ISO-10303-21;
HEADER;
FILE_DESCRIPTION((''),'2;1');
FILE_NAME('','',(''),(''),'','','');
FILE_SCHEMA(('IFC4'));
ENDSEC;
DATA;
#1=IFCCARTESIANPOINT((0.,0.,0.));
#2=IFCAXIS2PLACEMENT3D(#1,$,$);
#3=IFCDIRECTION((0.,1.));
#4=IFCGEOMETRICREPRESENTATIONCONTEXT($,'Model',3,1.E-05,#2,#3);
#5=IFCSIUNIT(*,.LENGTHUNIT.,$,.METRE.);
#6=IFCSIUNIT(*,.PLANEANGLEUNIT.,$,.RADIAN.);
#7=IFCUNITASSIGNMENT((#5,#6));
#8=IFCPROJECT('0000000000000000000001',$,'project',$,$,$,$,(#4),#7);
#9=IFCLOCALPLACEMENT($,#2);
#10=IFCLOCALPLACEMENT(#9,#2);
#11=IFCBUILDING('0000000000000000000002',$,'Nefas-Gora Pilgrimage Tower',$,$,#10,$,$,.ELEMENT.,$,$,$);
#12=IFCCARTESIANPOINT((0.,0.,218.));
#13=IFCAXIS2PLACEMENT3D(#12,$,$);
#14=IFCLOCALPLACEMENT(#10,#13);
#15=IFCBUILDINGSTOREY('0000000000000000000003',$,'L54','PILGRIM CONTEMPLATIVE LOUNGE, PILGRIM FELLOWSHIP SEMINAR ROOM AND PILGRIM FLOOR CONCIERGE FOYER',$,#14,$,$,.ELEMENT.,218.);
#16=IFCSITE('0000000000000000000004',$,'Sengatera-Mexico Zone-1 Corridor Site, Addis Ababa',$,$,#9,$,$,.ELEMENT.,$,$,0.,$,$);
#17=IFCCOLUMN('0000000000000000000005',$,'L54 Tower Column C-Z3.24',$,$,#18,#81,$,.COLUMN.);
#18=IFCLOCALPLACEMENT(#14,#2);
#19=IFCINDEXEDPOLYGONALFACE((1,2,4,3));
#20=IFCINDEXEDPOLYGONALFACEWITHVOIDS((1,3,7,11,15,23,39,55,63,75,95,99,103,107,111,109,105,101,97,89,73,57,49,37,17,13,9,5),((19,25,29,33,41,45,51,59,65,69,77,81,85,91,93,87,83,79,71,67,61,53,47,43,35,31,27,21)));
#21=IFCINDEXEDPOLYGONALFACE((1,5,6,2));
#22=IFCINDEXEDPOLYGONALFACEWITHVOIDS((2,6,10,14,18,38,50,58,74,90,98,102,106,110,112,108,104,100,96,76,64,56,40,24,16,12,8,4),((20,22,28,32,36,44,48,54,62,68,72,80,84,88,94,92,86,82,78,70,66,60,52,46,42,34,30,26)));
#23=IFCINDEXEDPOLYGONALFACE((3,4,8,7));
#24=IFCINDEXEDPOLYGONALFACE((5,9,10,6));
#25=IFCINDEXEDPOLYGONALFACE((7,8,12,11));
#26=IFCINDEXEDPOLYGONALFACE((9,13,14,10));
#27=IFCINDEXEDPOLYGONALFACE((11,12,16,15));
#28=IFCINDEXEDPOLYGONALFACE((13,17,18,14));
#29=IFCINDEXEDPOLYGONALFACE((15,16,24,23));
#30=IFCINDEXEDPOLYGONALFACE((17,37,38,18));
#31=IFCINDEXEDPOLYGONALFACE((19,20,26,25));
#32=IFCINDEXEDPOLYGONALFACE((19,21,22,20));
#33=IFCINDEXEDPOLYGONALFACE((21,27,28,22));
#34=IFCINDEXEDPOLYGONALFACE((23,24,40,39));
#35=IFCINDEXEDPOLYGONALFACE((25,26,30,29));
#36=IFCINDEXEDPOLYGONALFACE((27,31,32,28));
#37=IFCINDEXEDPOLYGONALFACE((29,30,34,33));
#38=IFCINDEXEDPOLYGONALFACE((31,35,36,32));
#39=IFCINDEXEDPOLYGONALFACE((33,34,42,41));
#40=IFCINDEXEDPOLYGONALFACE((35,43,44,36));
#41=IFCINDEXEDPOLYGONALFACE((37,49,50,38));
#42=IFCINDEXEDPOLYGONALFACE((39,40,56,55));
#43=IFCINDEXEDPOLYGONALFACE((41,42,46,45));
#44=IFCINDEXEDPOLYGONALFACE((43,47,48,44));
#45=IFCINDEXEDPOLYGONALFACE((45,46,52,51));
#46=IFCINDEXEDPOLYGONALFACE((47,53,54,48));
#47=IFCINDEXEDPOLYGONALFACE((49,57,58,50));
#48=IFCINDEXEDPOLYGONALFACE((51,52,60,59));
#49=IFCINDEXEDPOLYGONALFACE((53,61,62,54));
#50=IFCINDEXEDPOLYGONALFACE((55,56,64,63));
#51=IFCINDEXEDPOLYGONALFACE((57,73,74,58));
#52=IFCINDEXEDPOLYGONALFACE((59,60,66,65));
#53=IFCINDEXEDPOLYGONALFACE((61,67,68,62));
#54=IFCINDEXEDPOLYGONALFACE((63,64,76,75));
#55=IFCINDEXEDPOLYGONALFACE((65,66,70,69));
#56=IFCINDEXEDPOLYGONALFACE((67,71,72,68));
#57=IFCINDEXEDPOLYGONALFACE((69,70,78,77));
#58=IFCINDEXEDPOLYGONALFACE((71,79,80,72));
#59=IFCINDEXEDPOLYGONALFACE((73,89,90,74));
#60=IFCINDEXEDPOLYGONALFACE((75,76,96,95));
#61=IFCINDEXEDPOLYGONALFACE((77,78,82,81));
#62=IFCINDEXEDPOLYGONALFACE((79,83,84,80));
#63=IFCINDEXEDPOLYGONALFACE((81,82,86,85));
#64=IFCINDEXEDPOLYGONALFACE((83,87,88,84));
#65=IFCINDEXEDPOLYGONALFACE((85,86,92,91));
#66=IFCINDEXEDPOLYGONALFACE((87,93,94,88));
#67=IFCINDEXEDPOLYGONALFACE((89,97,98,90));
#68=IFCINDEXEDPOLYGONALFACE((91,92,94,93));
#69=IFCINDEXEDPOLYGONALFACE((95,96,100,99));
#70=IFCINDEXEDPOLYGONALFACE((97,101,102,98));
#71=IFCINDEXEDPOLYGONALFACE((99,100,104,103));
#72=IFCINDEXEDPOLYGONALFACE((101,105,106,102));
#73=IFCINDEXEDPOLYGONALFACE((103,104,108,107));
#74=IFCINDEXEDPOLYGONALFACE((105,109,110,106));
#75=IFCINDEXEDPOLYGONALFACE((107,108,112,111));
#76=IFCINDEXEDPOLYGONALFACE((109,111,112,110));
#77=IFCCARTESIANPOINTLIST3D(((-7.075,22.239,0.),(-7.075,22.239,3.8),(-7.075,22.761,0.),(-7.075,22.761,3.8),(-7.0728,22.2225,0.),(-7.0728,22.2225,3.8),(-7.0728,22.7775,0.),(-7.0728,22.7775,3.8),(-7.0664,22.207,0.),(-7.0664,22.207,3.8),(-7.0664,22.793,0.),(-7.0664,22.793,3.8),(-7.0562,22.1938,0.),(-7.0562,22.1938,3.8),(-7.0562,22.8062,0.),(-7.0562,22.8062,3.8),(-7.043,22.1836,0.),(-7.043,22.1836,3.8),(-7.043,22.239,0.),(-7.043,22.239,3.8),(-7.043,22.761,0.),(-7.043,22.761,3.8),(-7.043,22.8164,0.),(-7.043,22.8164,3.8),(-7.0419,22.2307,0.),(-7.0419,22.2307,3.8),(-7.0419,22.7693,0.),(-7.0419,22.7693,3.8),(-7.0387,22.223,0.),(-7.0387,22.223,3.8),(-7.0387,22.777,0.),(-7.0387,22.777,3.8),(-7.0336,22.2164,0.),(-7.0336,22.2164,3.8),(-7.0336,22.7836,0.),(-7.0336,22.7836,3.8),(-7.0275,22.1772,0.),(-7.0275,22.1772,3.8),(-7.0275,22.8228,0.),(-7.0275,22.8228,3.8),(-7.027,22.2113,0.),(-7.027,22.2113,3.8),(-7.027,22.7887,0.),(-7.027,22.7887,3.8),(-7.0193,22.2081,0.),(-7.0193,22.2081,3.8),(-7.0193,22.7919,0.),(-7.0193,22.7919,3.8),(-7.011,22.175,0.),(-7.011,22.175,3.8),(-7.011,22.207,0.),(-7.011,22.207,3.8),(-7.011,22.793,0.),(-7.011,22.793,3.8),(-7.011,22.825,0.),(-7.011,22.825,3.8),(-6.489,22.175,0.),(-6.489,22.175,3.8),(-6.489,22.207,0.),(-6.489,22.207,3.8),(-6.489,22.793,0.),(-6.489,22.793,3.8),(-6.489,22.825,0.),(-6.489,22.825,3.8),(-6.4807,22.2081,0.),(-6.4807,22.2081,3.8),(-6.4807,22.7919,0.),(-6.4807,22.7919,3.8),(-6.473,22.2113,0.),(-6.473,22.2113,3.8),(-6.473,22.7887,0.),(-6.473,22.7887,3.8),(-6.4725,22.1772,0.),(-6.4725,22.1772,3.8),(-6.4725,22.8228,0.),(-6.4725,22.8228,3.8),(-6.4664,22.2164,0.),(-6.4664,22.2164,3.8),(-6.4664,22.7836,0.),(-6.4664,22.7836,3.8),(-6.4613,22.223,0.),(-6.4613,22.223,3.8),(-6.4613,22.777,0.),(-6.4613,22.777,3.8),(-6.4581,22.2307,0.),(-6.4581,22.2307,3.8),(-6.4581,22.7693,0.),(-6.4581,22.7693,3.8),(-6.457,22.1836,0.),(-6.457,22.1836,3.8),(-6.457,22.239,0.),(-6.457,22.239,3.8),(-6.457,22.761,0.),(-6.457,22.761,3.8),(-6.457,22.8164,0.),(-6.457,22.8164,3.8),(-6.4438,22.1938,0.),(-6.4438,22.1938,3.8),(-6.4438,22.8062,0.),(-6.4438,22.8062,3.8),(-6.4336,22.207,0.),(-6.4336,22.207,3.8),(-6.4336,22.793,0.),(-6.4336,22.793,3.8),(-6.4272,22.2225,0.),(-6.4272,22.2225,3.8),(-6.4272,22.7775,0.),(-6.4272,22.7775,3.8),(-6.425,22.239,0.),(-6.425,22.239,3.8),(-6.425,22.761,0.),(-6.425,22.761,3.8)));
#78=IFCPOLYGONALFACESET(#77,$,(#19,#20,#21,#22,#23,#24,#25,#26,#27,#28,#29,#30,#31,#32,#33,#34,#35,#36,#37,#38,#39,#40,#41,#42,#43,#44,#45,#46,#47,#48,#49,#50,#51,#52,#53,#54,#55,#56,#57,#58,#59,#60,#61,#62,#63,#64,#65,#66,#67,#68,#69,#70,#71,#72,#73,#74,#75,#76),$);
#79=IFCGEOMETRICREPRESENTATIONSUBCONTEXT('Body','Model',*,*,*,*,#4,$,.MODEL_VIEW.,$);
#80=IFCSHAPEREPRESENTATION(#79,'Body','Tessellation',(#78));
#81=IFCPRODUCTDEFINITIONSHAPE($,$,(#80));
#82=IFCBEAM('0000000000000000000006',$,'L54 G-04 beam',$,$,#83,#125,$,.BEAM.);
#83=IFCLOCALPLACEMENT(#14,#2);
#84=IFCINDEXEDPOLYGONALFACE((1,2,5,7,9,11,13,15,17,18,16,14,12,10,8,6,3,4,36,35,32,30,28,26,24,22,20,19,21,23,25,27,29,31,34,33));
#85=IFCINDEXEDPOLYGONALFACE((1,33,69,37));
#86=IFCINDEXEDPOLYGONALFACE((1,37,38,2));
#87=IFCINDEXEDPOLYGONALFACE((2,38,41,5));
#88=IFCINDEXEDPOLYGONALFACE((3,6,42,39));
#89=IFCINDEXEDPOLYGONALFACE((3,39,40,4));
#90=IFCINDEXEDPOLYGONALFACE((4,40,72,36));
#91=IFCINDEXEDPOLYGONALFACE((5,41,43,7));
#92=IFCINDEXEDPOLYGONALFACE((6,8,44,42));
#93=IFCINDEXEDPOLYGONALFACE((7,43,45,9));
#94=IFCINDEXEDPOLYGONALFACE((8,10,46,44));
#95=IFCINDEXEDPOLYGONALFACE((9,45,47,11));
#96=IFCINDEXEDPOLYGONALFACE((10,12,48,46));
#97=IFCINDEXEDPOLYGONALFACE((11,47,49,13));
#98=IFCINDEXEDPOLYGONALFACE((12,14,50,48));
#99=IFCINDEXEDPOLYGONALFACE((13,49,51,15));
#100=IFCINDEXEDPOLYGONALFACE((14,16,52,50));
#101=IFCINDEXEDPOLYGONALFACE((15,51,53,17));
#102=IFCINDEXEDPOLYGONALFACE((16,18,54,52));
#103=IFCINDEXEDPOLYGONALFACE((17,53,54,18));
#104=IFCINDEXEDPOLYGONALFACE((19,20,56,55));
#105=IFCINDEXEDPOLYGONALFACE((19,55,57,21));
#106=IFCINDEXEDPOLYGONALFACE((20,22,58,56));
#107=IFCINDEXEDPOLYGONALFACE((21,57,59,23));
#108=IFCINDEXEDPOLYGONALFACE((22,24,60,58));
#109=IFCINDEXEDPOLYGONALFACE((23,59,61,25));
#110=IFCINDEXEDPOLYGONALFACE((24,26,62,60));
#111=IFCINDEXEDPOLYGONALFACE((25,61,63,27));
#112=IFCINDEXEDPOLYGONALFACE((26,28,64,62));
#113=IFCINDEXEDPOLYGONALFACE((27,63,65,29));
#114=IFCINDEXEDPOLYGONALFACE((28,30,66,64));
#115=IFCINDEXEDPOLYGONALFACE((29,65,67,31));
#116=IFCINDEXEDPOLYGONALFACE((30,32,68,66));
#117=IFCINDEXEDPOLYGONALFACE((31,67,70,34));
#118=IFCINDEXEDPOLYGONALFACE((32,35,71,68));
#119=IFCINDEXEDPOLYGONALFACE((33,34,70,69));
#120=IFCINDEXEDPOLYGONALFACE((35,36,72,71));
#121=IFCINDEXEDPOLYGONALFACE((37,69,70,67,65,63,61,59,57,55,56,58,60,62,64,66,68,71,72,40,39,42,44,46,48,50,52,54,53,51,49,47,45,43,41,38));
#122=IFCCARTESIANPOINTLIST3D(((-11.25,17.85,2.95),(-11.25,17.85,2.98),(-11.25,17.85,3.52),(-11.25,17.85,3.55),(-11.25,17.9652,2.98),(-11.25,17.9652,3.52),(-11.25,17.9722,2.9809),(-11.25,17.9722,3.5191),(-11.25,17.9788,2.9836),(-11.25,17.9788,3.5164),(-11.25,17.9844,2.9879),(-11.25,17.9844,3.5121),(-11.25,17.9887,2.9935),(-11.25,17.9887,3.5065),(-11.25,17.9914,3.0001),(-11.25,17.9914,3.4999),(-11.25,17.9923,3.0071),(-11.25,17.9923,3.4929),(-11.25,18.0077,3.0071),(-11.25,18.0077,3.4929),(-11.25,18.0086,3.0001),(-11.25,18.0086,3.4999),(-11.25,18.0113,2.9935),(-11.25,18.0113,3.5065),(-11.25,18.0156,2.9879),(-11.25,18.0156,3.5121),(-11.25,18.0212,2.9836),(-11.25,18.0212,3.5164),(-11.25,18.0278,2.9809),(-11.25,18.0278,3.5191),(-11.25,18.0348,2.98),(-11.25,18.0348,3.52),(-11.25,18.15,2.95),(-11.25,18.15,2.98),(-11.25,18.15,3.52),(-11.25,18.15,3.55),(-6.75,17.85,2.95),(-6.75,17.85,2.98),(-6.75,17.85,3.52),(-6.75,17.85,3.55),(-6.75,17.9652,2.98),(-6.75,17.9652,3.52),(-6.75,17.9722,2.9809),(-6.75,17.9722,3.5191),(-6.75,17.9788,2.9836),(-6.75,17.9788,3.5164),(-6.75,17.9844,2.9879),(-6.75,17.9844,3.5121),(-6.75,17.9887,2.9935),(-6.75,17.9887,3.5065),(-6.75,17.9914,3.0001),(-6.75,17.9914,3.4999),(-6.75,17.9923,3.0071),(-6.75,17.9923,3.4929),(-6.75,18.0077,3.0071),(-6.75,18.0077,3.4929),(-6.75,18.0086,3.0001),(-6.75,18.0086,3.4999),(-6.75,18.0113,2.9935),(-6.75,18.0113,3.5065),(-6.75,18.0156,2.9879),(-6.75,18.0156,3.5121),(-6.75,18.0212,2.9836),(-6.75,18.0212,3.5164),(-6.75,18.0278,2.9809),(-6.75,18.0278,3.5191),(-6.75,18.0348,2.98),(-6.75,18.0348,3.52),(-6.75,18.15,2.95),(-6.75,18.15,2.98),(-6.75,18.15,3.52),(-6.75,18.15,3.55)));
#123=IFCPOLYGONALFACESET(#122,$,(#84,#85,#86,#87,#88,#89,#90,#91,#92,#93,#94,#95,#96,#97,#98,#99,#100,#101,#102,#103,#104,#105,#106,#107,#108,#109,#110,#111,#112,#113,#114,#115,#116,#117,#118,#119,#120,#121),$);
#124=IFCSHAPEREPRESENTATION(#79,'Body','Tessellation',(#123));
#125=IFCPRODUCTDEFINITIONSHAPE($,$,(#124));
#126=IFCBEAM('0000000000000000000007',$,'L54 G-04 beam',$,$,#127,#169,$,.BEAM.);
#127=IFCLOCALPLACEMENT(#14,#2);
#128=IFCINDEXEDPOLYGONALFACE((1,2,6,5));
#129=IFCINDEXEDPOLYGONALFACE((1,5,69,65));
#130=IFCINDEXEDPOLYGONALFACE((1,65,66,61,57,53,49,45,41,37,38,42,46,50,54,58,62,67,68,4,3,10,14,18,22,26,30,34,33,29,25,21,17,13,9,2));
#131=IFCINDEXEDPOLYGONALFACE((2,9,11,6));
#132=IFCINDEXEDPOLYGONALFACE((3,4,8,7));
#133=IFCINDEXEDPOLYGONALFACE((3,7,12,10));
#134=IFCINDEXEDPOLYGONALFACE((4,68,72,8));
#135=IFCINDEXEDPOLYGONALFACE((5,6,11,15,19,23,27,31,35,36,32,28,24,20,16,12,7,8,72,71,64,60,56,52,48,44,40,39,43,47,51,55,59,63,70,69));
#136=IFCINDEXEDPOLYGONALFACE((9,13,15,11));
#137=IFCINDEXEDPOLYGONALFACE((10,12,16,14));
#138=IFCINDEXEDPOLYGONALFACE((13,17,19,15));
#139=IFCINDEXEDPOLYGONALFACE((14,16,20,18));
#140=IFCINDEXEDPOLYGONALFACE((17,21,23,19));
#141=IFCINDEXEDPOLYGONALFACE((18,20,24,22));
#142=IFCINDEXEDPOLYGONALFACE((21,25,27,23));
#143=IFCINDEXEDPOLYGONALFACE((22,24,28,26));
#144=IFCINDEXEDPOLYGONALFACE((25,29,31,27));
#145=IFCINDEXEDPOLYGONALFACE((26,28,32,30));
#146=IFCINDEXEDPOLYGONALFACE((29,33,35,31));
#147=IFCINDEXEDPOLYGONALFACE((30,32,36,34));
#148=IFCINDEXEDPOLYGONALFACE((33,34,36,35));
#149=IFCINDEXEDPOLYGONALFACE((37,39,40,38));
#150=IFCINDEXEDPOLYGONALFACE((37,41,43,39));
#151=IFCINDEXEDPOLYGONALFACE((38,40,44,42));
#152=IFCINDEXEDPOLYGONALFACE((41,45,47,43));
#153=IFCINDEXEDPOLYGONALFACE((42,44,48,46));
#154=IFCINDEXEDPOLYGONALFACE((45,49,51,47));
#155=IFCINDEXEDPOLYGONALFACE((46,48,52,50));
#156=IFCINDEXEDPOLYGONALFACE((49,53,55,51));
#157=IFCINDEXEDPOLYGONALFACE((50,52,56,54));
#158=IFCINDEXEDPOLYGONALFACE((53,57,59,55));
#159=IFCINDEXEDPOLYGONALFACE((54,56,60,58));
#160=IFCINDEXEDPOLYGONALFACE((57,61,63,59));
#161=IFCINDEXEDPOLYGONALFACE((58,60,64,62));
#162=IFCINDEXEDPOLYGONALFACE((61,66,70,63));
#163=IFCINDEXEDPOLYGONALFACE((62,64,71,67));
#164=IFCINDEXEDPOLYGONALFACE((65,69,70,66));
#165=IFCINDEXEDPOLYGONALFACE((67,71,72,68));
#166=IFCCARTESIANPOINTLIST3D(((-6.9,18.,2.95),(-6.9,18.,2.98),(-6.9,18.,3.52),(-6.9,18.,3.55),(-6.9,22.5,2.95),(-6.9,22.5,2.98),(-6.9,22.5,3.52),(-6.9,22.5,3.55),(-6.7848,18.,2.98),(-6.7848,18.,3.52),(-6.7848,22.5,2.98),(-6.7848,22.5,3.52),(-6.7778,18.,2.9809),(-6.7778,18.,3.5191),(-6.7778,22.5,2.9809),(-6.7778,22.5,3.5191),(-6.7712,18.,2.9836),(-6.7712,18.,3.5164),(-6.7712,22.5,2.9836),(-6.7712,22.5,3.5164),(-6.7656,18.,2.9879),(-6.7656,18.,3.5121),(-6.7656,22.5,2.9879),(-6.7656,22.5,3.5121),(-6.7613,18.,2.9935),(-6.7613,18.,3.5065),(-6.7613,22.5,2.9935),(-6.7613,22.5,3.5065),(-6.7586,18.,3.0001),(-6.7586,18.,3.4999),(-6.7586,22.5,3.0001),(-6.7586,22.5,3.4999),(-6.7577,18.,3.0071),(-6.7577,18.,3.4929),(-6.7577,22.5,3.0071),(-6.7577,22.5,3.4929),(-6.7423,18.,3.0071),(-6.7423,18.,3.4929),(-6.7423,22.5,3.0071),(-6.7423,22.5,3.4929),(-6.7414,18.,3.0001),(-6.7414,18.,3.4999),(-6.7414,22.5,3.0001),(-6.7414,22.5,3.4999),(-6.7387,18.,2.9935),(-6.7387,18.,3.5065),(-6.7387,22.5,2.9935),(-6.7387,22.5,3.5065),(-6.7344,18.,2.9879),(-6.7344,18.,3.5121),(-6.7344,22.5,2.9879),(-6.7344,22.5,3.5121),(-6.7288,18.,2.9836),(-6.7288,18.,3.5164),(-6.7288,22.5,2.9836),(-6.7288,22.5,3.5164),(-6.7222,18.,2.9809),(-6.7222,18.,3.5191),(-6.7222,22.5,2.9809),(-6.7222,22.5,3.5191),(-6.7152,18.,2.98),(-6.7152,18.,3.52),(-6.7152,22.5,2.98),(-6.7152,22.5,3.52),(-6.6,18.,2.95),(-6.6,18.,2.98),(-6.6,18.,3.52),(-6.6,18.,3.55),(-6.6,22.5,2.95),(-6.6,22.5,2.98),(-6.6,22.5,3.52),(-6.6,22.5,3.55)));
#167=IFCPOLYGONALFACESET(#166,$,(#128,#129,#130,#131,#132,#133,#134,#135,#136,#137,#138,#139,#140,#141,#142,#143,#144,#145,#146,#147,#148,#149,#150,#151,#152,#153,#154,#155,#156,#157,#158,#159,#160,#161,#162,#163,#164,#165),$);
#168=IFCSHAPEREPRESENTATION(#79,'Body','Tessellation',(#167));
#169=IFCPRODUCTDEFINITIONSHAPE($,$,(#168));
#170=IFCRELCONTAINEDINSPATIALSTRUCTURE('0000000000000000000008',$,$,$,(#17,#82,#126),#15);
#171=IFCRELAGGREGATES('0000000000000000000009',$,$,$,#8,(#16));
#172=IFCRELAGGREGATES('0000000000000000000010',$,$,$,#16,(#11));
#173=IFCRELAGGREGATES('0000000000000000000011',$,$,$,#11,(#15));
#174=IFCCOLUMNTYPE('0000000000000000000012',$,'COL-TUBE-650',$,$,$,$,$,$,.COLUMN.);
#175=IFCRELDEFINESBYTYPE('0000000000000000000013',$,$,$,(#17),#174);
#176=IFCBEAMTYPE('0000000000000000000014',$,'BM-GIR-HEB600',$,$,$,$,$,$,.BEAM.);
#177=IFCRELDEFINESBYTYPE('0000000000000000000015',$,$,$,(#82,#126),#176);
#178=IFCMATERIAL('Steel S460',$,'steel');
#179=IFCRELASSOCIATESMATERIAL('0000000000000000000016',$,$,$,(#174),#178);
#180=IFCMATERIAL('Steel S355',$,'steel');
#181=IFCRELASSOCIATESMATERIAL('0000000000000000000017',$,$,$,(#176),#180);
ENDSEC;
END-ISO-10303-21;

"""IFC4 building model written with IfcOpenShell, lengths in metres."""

from ifc_helpers import new_model, si_unit, direction, frame, origin, origin_2d, place, context, subcontext, project, spatial, hollow_rectangle, i_section, extrude, source, transform, mapped, material, material_profile, profile_set, type_object, element, save


model = new_model("IFC4")

# Units and contexts
model_context = context("Model", 3, precision=1e-05, world=origin(), true_north=direction((0.0, 1.0)))
body_context = subcontext(model_context, "Body", "Model", "MODEL_VIEW")
ifc_project = project(units=[si_unit("LENGTHUNIT", "METRE"), si_unit("PLANEANGLEUNIT", "RADIAN")], contexts=[model_context])

# Site, building, storey
site_placement = place(None, origin())
site = spatial("IfcSite", under=ifc_project, at=site_placement, Name="Sengatera-Mexico Zone-1 Corridor Site, Addis Ababa", CompositionType="ELEMENT", RefElevation=0.0)
building_placement = place(site_placement, origin())
building = spatial("IfcBuilding", under=site, at=building_placement, Name="Nefas-Gora Pilgrimage Tower", CompositionType="ELEMENT")
storey_placement = place(building_placement, frame((0.0, 0.0, 218.0)))
storey = spatial("IfcBuildingStorey", under=building, at=storey_placement, Name="L54", Description="PILGRIM CONTEMPLATIVE LOUNGE, PILGRIM FELLOWSHIP SEMINAR ROOM AND PILGRIM FLOOR CONCIERGE FOYER", CompositionType="ELEMENT", Elevation=218.0)

# Column
ifc_material_1 = material(Name="Steel S460", Category="steel")
ifc_material_profile_1 = material_profile(ifc_material_1, hollow_rectangle(XDim=0.6499, YDim=0.6499, WallThickness=0.032, InnerFilletRadius=0.032, OuterFilletRadius=0.064, at=origin_2d()), Name="BOX 650x650x32")
ifc_profile_set_1 = profile_set([ifc_material_profile_1], Name="Steel S460")
column_type_1 = type_object("IfcColumnType", Name="COL-TUBE-650", PredefinedType="COLUMN", material=ifc_profile_set_1)
shared_shape_1 = source(origin(), body_context, "Body", "SweptSolid", [
    extrude(hollow_rectangle(XDim=0.6499, YDim=0.6499, WallThickness=0.032, InnerFilletRadius=0.032, OuterFilletRadius=0.064, at=origin_2d()), origin(), (0.0, 0.0, 1.0), 3.8),
])
column_placement = place(storey_placement, frame((-6.75, 22.5, 0.0), z_axis=(0.0, 0.0, 1.0), x_axis=(1.0, 0.0, 0.0)))
element("IfcColumn", 1, at=column_placement, inside=storey, type_object=column_type_1, Name="L54 Tower Column C-Z3.24", PredefinedType="COLUMN", context=body_context, shape_type="MappedRepresentation", body=[
    mapped(shared_shape_1, transform((0.0, 0.0, 0.0), x_axis=(1.0, 0.0, 0.0), y_axis=(0.0, 1.0, 0.0), z_axis=(0.0, 0.0, 1.0), scale=1.0)),
])

# Beams
ifc_material_2 = material(Name="Steel S355", Category="steel")
ifc_material_profile_2 = material_profile(ifc_material_2, i_section(OverallWidth=0.3, OverallDepth=0.6001, WebThickness=0.0154, FlangeThickness=0.03, FilletRadius=0.0271, at=origin_2d()), Name="HEB 600")
ifc_profile_set_2 = profile_set([ifc_material_profile_2], Name="Steel S355")
beam_type = type_object("IfcBeamType", Name="BM-GIR-HEB600", PredefinedType="BEAM", material=ifc_profile_set_2)
shared_shape_2 = source(origin(), body_context, "Body", "SweptSolid", [
    extrude(i_section(OverallWidth=0.3, OverallDepth=0.6001, WebThickness=0.0154, FlangeThickness=0.03, FilletRadius=0.0271, at=origin_2d()), origin(), (0.0, 0.0, 1.0), 4.5),
])
for number, where, z_axis, x_axis, name in (
    (2, (-11.25, 18.0, 3.25), (1.0, 0.0, 0.0), (0.0, 1.0, 0.0), "L54 G-04 beam"),
    (3, (-6.75, 18.0, 3.25), (0.0, 1.0, 0.0), (-1.0, 0.0, 0.0), "L54 G-04 beam"),
):
    element("IfcBeam", number, at=place(storey_placement, frame(where, z_axis=z_axis, x_axis=x_axis)), inside=storey, type_object=beam_type, Name=name, PredefinedType="BEAM", context=body_context, shape_type="MappedRepresentation", body=[
        mapped(shared_shape_2, transform((0.0, 0.0, 0.0), x_axis=(1.0, 0.0, 0.0), y_axis=(0.0, 1.0, 0.0), z_axis=(0.0, 0.0, 1.0), scale=1.0)),
    ])

save(model, "model.ifc")
